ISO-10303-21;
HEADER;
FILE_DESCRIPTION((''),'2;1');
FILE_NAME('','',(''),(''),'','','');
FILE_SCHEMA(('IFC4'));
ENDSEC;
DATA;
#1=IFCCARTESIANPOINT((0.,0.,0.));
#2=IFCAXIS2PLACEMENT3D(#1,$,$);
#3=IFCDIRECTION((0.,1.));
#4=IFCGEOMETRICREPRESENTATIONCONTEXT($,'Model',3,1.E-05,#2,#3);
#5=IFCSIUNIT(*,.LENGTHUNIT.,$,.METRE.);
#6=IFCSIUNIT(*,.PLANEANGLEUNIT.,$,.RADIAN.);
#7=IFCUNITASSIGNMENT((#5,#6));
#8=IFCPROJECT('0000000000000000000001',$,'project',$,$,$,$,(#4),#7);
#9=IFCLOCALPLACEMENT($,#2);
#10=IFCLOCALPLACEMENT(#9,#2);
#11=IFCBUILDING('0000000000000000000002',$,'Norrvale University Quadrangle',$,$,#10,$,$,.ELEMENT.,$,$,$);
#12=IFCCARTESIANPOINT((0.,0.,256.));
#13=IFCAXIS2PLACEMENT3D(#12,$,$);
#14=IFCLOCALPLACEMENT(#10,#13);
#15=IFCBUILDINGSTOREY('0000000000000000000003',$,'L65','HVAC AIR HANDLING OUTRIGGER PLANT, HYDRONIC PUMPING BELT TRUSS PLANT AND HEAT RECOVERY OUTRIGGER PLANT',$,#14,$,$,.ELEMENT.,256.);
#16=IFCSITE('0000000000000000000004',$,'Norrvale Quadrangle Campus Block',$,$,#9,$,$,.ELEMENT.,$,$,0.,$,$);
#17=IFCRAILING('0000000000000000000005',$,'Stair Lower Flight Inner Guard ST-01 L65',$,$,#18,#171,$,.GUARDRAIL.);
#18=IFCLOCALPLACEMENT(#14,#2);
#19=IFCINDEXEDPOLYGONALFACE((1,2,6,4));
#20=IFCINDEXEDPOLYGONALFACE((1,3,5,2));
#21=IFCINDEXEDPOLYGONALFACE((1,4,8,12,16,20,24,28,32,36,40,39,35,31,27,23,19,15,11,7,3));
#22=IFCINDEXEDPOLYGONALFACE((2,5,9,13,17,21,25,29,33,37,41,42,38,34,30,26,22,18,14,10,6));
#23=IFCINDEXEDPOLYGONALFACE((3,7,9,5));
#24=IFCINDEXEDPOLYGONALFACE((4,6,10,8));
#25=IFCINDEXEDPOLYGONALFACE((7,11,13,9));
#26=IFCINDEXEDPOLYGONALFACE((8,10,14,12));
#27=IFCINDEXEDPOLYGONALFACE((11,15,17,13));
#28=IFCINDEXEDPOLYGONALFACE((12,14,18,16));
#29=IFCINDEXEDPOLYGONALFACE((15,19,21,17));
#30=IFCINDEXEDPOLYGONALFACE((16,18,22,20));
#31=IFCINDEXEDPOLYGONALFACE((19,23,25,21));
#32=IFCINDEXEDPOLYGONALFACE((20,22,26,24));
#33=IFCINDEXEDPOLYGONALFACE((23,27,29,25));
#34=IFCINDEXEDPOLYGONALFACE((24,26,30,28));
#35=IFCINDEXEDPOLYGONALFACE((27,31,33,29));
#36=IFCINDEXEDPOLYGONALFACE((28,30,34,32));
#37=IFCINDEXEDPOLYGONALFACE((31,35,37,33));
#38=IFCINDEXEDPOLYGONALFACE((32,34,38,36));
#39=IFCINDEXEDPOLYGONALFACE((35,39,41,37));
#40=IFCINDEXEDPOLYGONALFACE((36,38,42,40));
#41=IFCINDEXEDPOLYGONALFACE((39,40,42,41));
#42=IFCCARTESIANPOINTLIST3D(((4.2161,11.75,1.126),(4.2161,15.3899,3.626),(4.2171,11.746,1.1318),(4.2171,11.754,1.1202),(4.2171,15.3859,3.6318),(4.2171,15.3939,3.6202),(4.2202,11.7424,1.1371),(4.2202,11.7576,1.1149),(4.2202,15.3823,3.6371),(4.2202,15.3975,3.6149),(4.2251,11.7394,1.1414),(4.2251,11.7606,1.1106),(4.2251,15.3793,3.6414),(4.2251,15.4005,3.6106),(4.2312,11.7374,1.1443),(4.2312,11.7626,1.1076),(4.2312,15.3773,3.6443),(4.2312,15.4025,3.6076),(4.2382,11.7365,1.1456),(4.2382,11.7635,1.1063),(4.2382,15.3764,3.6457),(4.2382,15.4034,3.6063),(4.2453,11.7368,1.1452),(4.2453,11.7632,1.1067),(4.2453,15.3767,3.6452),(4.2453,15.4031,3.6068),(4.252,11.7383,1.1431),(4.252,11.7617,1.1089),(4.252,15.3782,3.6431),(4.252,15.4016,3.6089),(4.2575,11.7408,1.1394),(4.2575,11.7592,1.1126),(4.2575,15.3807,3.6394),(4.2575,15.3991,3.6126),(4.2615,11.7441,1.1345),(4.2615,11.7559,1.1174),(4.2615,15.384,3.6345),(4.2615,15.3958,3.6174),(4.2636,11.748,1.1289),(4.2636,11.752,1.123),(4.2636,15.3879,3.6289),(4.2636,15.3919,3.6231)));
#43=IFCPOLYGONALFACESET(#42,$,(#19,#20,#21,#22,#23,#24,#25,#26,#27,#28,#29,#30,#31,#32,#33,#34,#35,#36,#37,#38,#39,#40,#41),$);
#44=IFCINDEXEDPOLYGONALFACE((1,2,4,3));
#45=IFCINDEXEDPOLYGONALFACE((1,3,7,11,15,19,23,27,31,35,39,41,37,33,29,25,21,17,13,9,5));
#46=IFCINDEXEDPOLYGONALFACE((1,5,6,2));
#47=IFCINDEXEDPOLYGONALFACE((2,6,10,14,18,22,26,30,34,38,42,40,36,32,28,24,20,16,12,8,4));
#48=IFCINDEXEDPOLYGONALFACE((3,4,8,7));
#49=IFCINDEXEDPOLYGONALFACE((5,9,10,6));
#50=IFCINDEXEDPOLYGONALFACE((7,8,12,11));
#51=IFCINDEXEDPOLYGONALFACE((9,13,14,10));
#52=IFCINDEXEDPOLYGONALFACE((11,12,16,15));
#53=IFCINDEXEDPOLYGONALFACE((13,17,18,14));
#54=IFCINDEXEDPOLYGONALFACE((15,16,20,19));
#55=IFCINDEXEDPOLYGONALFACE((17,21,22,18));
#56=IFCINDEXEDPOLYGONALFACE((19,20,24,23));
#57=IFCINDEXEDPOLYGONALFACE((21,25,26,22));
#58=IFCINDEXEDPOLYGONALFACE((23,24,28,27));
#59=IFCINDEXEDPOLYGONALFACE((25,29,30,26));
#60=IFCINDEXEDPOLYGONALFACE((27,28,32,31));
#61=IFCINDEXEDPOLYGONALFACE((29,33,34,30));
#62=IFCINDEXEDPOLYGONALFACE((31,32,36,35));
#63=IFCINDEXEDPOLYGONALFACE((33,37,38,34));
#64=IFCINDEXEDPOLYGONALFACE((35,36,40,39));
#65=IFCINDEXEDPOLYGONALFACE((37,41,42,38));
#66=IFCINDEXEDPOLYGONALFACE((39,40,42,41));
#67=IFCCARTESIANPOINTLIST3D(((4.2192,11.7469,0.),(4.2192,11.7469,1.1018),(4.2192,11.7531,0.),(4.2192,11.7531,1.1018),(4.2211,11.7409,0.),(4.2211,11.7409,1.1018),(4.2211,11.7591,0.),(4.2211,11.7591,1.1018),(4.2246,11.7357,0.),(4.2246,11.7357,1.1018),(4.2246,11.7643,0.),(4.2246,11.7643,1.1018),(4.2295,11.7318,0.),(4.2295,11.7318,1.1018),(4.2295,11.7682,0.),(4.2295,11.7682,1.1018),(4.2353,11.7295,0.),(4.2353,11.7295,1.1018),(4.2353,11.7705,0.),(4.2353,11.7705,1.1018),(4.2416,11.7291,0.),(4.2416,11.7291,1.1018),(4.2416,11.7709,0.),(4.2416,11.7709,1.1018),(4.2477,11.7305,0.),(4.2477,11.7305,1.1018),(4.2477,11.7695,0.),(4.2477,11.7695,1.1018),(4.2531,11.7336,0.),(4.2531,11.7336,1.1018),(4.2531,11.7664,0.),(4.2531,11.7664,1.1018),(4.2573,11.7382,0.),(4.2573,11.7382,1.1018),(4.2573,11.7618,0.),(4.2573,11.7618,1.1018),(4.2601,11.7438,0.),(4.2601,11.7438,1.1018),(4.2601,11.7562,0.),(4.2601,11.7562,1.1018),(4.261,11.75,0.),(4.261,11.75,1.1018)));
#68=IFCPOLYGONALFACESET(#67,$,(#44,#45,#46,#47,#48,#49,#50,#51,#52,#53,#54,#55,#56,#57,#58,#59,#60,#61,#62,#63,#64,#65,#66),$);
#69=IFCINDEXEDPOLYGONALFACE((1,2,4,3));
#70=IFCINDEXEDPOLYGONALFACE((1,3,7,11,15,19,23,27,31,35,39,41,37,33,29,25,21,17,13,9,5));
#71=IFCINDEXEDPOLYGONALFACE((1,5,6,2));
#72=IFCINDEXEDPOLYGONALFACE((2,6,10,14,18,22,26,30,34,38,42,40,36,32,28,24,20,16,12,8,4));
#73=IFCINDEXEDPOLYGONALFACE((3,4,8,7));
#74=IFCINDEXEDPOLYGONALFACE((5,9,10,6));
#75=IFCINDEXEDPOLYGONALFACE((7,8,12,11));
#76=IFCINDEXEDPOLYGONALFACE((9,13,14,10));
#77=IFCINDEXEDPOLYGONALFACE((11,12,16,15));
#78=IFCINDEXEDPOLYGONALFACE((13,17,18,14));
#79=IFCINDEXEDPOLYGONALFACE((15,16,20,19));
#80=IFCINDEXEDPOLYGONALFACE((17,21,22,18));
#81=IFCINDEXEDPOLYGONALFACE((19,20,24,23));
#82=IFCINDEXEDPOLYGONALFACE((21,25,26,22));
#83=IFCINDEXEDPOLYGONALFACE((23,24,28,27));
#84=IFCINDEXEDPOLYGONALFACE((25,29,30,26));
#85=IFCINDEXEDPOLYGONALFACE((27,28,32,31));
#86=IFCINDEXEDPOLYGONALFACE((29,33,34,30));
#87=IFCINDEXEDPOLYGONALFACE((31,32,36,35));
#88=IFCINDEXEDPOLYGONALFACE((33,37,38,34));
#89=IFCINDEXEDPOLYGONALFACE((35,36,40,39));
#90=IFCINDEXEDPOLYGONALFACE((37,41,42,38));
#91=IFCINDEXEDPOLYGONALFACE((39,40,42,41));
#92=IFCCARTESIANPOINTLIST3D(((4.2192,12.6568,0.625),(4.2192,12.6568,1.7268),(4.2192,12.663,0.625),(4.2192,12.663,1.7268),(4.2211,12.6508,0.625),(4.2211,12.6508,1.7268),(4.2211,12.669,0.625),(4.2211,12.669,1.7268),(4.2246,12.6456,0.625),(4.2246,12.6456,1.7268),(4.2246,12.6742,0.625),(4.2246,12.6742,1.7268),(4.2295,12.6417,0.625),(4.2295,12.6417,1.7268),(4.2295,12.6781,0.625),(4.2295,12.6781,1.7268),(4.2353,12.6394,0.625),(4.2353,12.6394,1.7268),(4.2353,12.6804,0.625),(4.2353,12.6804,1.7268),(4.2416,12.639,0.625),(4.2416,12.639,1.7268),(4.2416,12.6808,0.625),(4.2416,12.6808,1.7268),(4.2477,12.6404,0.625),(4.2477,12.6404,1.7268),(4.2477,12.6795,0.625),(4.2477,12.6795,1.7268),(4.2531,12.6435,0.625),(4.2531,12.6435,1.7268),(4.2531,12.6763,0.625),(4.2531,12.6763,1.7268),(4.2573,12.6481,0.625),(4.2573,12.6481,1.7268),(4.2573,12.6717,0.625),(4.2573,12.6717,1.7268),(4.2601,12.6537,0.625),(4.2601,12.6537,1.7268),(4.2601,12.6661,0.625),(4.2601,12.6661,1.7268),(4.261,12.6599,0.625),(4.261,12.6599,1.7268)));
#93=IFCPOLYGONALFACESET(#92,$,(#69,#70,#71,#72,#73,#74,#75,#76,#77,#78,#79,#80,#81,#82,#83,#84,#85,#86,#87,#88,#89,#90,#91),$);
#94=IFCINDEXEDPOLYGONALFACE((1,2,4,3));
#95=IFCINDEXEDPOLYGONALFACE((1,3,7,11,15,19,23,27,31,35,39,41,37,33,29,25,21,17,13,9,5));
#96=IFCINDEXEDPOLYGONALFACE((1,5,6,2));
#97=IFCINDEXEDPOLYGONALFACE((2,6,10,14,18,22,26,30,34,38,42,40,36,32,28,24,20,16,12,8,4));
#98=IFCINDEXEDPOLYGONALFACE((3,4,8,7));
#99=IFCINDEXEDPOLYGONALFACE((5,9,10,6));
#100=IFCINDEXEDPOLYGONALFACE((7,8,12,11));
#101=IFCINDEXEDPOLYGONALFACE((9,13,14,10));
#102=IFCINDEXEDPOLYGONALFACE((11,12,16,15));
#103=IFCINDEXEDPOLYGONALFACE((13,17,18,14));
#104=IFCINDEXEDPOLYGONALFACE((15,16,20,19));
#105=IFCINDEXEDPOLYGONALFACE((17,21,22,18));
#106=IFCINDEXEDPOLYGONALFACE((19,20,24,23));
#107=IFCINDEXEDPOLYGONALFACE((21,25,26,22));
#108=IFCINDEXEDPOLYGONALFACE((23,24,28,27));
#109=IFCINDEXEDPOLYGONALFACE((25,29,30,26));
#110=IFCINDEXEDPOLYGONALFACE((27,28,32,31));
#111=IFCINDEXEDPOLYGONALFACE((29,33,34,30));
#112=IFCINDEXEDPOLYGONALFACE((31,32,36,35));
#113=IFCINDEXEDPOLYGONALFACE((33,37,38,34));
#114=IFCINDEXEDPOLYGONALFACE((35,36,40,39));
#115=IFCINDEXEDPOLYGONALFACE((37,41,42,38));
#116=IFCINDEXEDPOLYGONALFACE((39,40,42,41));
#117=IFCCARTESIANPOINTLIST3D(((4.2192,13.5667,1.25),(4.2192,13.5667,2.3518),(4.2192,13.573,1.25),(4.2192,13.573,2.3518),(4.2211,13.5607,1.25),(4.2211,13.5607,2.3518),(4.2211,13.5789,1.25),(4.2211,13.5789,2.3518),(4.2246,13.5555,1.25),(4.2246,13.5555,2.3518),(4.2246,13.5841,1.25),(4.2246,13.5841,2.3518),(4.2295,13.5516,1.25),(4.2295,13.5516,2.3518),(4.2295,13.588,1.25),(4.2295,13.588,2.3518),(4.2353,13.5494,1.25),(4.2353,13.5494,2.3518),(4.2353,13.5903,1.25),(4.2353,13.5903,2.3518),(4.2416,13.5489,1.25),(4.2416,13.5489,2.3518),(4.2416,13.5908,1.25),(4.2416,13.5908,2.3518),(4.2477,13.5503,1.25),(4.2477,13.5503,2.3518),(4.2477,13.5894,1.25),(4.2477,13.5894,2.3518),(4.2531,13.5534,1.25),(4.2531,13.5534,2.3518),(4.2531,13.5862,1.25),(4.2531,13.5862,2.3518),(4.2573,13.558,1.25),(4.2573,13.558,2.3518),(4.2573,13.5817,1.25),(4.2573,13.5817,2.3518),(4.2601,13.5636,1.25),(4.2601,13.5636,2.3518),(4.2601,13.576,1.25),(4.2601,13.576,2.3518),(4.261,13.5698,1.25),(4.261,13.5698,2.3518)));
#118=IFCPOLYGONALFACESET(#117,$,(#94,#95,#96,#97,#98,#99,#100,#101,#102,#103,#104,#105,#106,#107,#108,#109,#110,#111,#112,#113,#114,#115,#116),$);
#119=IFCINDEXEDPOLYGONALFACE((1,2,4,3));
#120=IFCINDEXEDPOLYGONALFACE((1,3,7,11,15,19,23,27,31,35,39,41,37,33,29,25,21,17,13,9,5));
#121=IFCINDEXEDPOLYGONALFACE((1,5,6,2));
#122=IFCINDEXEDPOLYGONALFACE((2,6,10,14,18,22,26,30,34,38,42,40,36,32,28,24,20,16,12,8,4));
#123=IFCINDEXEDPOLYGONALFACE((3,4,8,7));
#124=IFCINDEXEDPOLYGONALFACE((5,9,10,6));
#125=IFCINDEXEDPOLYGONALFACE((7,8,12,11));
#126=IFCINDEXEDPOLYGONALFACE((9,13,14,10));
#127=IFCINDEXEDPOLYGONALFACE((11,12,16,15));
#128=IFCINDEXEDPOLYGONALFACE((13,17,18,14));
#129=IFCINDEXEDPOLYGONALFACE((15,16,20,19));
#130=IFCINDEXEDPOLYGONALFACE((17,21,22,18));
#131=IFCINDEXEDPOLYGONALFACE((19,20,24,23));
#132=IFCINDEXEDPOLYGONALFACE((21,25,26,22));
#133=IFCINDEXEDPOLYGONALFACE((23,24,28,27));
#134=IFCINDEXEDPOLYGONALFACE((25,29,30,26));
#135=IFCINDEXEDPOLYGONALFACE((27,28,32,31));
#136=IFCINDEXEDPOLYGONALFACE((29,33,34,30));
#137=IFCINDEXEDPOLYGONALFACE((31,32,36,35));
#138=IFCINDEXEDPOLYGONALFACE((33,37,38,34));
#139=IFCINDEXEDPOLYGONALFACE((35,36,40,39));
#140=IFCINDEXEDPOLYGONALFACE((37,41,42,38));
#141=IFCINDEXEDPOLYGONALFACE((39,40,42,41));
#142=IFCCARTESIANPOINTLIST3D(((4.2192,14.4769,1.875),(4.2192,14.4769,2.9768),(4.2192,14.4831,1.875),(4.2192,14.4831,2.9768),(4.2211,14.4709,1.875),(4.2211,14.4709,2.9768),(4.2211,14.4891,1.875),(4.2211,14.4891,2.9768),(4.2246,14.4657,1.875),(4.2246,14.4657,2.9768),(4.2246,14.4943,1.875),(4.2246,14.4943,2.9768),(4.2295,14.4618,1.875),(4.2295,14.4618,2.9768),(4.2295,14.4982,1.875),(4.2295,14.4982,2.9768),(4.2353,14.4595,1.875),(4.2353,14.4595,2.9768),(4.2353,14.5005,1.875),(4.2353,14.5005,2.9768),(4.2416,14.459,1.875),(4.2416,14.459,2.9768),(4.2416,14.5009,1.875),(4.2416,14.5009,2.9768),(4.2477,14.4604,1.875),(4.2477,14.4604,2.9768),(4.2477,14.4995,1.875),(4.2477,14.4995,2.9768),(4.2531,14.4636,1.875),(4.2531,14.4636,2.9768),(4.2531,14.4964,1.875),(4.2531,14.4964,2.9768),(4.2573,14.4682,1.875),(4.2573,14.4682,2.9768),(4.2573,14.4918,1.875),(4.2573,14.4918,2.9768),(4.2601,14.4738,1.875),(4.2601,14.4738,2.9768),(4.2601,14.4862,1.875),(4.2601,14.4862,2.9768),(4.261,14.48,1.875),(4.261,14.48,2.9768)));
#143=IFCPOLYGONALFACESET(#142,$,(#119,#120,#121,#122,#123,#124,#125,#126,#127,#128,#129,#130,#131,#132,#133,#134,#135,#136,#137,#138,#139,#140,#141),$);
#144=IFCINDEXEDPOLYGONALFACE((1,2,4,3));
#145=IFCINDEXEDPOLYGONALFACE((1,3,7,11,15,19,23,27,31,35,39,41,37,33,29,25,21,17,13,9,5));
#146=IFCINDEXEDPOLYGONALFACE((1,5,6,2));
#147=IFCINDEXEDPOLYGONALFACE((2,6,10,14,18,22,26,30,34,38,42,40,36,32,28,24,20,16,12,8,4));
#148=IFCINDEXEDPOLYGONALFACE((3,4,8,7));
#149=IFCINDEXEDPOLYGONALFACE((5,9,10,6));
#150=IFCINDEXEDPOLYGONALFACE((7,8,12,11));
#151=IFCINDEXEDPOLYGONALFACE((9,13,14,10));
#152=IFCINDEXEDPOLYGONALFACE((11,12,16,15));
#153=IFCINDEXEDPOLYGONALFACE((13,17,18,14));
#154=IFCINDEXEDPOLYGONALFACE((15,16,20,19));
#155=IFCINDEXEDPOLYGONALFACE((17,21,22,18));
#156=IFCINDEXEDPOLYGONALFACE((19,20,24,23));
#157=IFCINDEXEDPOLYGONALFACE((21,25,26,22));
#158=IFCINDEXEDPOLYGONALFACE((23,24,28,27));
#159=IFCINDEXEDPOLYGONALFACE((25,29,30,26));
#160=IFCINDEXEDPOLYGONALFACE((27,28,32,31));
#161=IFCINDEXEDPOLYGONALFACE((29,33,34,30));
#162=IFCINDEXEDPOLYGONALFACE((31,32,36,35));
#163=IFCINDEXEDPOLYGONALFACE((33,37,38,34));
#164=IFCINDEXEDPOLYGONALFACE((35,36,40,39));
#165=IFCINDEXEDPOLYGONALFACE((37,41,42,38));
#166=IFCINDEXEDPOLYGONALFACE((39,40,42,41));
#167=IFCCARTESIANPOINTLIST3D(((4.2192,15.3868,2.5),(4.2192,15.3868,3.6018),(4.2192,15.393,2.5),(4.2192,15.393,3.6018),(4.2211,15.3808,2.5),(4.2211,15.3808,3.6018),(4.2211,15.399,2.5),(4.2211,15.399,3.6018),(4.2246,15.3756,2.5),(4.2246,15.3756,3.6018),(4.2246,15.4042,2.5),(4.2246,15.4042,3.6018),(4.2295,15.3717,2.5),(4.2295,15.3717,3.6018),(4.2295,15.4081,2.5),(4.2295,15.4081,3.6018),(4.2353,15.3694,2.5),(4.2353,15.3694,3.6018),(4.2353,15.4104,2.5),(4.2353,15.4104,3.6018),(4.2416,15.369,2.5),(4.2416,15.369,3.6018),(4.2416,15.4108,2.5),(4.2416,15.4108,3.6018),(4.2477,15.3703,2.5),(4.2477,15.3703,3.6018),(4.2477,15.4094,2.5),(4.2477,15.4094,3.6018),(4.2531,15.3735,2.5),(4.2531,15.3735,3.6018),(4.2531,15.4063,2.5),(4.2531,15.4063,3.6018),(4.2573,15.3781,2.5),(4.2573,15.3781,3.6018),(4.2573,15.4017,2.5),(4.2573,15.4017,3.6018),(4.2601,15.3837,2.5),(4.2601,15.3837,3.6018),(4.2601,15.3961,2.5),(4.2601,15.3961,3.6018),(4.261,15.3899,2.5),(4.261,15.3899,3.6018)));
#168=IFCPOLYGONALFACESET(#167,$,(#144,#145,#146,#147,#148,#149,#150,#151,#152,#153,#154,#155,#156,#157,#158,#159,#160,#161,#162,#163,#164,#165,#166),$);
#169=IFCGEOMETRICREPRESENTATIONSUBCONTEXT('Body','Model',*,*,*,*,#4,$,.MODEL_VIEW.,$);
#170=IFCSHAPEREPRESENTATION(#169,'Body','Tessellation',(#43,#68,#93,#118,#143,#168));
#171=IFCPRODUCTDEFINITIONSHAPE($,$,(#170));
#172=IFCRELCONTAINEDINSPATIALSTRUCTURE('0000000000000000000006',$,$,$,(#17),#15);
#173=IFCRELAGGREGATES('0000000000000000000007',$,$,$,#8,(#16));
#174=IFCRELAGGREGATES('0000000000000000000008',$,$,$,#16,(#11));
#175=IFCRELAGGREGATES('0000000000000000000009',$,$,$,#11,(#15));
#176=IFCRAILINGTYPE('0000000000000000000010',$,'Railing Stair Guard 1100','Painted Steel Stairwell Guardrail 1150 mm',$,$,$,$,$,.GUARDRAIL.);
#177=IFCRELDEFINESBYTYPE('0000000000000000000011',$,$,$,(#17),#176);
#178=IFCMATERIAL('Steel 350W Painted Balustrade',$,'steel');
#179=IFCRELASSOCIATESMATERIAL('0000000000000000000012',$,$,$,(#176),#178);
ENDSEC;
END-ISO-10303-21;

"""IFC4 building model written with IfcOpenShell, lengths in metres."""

from ifc_helpers import new_model, si_unit, direction, frame, origin, origin_2d, place, context, subcontext, project, spatial, circle, extrude, material, type_object, element, save


model = new_model("IFC4")

# Units and contexts
model_context = context("Model", 3, precision=1e-05, world=origin(), true_north=direction((0.0, 1.0)))
body_context = subcontext(model_context, "Body", "Model", "MODEL_VIEW")
ifc_project = project(units=[si_unit("LENGTHUNIT", "METRE"), si_unit("PLANEANGLEUNIT", "RADIAN")], contexts=[model_context])

# Site, building, storey
site_placement = place(None, origin())
site = spatial("IfcSite", under=ifc_project, at=site_placement, Name="Norrvale Quadrangle Campus Block", CompositionType="ELEMENT", RefElevation=0.0)
building_placement = place(site_placement, origin())
building = spatial("IfcBuilding", under=site, at=building_placement, Name="Norrvale University Quadrangle", CompositionType="ELEMENT")
storey_placement = place(building_placement, frame((0.0, 0.0, 256.0)))
storey = spatial("IfcBuildingStorey", under=building, at=storey_placement, Name="L65", Description="HVAC AIR HANDLING OUTRIGGER PLANT, HYDRONIC PUMPING BELT TRUSS PLANT AND HEAT RECOVERY OUTRIGGER PLANT", CompositionType="ELEMENT", Elevation=256.0)

# Railing
ifc_material_1 = material(Name="Steel 350W Painted Balustrade", Category="steel")
railing_type_1 = type_object("IfcRailingType", Name="Railing Stair Guard 1100", Description="Painted Steel Stairwell Guardrail 1150 mm", PredefinedType="GUARDRAIL", material=ifc_material_1)
railing_1_placement = place(storey_placement, frame((4.24, 11.75, 0.0)))
element("IfcRailing", 1, at=railing_1_placement, inside=storey, type_object=railing_type_1, Name="Stair Lower Flight Inner Guard ST-01 L65", PredefinedType="GUARDRAIL", context=body_context, shape_type="SweptSolid", body=[
    extrude(circle(Radius=0.0239, at=origin_2d()), frame((0.0, 0.0, 1.126), z_axis=(0.0, 0.824298, 0.566156), x_axis=(-1.0, 0.0, 0.0)), (0.0, 0.0, 1.0), 4.4158),
    extrude(circle(Radius=0.021, at=origin_2d()), origin(), (0.0, 0.0, 1.0), 1.1018),
    extrude(circle(Radius=0.021, at=origin_2d()), frame((0.0, 0.9099, 0.625)), (0.0, 0.0, 1.0), 1.1018),
    extrude(circle(Radius=0.021, at=origin_2d()), frame((0.0, 1.8198, 1.25)), (0.0, 0.0, 1.0), 1.1018),
    extrude(circle(Radius=0.021, at=origin_2d()), frame((0.0, 2.73, 1.875)), (0.0, 0.0, 1.0), 1.1018),
    extrude(circle(Radius=0.021, at=origin_2d()), frame((0.0, 3.6399, 2.5)), (0.0, 0.0, 1.0), 1.1018),
])

save(model, "model.ifc")
